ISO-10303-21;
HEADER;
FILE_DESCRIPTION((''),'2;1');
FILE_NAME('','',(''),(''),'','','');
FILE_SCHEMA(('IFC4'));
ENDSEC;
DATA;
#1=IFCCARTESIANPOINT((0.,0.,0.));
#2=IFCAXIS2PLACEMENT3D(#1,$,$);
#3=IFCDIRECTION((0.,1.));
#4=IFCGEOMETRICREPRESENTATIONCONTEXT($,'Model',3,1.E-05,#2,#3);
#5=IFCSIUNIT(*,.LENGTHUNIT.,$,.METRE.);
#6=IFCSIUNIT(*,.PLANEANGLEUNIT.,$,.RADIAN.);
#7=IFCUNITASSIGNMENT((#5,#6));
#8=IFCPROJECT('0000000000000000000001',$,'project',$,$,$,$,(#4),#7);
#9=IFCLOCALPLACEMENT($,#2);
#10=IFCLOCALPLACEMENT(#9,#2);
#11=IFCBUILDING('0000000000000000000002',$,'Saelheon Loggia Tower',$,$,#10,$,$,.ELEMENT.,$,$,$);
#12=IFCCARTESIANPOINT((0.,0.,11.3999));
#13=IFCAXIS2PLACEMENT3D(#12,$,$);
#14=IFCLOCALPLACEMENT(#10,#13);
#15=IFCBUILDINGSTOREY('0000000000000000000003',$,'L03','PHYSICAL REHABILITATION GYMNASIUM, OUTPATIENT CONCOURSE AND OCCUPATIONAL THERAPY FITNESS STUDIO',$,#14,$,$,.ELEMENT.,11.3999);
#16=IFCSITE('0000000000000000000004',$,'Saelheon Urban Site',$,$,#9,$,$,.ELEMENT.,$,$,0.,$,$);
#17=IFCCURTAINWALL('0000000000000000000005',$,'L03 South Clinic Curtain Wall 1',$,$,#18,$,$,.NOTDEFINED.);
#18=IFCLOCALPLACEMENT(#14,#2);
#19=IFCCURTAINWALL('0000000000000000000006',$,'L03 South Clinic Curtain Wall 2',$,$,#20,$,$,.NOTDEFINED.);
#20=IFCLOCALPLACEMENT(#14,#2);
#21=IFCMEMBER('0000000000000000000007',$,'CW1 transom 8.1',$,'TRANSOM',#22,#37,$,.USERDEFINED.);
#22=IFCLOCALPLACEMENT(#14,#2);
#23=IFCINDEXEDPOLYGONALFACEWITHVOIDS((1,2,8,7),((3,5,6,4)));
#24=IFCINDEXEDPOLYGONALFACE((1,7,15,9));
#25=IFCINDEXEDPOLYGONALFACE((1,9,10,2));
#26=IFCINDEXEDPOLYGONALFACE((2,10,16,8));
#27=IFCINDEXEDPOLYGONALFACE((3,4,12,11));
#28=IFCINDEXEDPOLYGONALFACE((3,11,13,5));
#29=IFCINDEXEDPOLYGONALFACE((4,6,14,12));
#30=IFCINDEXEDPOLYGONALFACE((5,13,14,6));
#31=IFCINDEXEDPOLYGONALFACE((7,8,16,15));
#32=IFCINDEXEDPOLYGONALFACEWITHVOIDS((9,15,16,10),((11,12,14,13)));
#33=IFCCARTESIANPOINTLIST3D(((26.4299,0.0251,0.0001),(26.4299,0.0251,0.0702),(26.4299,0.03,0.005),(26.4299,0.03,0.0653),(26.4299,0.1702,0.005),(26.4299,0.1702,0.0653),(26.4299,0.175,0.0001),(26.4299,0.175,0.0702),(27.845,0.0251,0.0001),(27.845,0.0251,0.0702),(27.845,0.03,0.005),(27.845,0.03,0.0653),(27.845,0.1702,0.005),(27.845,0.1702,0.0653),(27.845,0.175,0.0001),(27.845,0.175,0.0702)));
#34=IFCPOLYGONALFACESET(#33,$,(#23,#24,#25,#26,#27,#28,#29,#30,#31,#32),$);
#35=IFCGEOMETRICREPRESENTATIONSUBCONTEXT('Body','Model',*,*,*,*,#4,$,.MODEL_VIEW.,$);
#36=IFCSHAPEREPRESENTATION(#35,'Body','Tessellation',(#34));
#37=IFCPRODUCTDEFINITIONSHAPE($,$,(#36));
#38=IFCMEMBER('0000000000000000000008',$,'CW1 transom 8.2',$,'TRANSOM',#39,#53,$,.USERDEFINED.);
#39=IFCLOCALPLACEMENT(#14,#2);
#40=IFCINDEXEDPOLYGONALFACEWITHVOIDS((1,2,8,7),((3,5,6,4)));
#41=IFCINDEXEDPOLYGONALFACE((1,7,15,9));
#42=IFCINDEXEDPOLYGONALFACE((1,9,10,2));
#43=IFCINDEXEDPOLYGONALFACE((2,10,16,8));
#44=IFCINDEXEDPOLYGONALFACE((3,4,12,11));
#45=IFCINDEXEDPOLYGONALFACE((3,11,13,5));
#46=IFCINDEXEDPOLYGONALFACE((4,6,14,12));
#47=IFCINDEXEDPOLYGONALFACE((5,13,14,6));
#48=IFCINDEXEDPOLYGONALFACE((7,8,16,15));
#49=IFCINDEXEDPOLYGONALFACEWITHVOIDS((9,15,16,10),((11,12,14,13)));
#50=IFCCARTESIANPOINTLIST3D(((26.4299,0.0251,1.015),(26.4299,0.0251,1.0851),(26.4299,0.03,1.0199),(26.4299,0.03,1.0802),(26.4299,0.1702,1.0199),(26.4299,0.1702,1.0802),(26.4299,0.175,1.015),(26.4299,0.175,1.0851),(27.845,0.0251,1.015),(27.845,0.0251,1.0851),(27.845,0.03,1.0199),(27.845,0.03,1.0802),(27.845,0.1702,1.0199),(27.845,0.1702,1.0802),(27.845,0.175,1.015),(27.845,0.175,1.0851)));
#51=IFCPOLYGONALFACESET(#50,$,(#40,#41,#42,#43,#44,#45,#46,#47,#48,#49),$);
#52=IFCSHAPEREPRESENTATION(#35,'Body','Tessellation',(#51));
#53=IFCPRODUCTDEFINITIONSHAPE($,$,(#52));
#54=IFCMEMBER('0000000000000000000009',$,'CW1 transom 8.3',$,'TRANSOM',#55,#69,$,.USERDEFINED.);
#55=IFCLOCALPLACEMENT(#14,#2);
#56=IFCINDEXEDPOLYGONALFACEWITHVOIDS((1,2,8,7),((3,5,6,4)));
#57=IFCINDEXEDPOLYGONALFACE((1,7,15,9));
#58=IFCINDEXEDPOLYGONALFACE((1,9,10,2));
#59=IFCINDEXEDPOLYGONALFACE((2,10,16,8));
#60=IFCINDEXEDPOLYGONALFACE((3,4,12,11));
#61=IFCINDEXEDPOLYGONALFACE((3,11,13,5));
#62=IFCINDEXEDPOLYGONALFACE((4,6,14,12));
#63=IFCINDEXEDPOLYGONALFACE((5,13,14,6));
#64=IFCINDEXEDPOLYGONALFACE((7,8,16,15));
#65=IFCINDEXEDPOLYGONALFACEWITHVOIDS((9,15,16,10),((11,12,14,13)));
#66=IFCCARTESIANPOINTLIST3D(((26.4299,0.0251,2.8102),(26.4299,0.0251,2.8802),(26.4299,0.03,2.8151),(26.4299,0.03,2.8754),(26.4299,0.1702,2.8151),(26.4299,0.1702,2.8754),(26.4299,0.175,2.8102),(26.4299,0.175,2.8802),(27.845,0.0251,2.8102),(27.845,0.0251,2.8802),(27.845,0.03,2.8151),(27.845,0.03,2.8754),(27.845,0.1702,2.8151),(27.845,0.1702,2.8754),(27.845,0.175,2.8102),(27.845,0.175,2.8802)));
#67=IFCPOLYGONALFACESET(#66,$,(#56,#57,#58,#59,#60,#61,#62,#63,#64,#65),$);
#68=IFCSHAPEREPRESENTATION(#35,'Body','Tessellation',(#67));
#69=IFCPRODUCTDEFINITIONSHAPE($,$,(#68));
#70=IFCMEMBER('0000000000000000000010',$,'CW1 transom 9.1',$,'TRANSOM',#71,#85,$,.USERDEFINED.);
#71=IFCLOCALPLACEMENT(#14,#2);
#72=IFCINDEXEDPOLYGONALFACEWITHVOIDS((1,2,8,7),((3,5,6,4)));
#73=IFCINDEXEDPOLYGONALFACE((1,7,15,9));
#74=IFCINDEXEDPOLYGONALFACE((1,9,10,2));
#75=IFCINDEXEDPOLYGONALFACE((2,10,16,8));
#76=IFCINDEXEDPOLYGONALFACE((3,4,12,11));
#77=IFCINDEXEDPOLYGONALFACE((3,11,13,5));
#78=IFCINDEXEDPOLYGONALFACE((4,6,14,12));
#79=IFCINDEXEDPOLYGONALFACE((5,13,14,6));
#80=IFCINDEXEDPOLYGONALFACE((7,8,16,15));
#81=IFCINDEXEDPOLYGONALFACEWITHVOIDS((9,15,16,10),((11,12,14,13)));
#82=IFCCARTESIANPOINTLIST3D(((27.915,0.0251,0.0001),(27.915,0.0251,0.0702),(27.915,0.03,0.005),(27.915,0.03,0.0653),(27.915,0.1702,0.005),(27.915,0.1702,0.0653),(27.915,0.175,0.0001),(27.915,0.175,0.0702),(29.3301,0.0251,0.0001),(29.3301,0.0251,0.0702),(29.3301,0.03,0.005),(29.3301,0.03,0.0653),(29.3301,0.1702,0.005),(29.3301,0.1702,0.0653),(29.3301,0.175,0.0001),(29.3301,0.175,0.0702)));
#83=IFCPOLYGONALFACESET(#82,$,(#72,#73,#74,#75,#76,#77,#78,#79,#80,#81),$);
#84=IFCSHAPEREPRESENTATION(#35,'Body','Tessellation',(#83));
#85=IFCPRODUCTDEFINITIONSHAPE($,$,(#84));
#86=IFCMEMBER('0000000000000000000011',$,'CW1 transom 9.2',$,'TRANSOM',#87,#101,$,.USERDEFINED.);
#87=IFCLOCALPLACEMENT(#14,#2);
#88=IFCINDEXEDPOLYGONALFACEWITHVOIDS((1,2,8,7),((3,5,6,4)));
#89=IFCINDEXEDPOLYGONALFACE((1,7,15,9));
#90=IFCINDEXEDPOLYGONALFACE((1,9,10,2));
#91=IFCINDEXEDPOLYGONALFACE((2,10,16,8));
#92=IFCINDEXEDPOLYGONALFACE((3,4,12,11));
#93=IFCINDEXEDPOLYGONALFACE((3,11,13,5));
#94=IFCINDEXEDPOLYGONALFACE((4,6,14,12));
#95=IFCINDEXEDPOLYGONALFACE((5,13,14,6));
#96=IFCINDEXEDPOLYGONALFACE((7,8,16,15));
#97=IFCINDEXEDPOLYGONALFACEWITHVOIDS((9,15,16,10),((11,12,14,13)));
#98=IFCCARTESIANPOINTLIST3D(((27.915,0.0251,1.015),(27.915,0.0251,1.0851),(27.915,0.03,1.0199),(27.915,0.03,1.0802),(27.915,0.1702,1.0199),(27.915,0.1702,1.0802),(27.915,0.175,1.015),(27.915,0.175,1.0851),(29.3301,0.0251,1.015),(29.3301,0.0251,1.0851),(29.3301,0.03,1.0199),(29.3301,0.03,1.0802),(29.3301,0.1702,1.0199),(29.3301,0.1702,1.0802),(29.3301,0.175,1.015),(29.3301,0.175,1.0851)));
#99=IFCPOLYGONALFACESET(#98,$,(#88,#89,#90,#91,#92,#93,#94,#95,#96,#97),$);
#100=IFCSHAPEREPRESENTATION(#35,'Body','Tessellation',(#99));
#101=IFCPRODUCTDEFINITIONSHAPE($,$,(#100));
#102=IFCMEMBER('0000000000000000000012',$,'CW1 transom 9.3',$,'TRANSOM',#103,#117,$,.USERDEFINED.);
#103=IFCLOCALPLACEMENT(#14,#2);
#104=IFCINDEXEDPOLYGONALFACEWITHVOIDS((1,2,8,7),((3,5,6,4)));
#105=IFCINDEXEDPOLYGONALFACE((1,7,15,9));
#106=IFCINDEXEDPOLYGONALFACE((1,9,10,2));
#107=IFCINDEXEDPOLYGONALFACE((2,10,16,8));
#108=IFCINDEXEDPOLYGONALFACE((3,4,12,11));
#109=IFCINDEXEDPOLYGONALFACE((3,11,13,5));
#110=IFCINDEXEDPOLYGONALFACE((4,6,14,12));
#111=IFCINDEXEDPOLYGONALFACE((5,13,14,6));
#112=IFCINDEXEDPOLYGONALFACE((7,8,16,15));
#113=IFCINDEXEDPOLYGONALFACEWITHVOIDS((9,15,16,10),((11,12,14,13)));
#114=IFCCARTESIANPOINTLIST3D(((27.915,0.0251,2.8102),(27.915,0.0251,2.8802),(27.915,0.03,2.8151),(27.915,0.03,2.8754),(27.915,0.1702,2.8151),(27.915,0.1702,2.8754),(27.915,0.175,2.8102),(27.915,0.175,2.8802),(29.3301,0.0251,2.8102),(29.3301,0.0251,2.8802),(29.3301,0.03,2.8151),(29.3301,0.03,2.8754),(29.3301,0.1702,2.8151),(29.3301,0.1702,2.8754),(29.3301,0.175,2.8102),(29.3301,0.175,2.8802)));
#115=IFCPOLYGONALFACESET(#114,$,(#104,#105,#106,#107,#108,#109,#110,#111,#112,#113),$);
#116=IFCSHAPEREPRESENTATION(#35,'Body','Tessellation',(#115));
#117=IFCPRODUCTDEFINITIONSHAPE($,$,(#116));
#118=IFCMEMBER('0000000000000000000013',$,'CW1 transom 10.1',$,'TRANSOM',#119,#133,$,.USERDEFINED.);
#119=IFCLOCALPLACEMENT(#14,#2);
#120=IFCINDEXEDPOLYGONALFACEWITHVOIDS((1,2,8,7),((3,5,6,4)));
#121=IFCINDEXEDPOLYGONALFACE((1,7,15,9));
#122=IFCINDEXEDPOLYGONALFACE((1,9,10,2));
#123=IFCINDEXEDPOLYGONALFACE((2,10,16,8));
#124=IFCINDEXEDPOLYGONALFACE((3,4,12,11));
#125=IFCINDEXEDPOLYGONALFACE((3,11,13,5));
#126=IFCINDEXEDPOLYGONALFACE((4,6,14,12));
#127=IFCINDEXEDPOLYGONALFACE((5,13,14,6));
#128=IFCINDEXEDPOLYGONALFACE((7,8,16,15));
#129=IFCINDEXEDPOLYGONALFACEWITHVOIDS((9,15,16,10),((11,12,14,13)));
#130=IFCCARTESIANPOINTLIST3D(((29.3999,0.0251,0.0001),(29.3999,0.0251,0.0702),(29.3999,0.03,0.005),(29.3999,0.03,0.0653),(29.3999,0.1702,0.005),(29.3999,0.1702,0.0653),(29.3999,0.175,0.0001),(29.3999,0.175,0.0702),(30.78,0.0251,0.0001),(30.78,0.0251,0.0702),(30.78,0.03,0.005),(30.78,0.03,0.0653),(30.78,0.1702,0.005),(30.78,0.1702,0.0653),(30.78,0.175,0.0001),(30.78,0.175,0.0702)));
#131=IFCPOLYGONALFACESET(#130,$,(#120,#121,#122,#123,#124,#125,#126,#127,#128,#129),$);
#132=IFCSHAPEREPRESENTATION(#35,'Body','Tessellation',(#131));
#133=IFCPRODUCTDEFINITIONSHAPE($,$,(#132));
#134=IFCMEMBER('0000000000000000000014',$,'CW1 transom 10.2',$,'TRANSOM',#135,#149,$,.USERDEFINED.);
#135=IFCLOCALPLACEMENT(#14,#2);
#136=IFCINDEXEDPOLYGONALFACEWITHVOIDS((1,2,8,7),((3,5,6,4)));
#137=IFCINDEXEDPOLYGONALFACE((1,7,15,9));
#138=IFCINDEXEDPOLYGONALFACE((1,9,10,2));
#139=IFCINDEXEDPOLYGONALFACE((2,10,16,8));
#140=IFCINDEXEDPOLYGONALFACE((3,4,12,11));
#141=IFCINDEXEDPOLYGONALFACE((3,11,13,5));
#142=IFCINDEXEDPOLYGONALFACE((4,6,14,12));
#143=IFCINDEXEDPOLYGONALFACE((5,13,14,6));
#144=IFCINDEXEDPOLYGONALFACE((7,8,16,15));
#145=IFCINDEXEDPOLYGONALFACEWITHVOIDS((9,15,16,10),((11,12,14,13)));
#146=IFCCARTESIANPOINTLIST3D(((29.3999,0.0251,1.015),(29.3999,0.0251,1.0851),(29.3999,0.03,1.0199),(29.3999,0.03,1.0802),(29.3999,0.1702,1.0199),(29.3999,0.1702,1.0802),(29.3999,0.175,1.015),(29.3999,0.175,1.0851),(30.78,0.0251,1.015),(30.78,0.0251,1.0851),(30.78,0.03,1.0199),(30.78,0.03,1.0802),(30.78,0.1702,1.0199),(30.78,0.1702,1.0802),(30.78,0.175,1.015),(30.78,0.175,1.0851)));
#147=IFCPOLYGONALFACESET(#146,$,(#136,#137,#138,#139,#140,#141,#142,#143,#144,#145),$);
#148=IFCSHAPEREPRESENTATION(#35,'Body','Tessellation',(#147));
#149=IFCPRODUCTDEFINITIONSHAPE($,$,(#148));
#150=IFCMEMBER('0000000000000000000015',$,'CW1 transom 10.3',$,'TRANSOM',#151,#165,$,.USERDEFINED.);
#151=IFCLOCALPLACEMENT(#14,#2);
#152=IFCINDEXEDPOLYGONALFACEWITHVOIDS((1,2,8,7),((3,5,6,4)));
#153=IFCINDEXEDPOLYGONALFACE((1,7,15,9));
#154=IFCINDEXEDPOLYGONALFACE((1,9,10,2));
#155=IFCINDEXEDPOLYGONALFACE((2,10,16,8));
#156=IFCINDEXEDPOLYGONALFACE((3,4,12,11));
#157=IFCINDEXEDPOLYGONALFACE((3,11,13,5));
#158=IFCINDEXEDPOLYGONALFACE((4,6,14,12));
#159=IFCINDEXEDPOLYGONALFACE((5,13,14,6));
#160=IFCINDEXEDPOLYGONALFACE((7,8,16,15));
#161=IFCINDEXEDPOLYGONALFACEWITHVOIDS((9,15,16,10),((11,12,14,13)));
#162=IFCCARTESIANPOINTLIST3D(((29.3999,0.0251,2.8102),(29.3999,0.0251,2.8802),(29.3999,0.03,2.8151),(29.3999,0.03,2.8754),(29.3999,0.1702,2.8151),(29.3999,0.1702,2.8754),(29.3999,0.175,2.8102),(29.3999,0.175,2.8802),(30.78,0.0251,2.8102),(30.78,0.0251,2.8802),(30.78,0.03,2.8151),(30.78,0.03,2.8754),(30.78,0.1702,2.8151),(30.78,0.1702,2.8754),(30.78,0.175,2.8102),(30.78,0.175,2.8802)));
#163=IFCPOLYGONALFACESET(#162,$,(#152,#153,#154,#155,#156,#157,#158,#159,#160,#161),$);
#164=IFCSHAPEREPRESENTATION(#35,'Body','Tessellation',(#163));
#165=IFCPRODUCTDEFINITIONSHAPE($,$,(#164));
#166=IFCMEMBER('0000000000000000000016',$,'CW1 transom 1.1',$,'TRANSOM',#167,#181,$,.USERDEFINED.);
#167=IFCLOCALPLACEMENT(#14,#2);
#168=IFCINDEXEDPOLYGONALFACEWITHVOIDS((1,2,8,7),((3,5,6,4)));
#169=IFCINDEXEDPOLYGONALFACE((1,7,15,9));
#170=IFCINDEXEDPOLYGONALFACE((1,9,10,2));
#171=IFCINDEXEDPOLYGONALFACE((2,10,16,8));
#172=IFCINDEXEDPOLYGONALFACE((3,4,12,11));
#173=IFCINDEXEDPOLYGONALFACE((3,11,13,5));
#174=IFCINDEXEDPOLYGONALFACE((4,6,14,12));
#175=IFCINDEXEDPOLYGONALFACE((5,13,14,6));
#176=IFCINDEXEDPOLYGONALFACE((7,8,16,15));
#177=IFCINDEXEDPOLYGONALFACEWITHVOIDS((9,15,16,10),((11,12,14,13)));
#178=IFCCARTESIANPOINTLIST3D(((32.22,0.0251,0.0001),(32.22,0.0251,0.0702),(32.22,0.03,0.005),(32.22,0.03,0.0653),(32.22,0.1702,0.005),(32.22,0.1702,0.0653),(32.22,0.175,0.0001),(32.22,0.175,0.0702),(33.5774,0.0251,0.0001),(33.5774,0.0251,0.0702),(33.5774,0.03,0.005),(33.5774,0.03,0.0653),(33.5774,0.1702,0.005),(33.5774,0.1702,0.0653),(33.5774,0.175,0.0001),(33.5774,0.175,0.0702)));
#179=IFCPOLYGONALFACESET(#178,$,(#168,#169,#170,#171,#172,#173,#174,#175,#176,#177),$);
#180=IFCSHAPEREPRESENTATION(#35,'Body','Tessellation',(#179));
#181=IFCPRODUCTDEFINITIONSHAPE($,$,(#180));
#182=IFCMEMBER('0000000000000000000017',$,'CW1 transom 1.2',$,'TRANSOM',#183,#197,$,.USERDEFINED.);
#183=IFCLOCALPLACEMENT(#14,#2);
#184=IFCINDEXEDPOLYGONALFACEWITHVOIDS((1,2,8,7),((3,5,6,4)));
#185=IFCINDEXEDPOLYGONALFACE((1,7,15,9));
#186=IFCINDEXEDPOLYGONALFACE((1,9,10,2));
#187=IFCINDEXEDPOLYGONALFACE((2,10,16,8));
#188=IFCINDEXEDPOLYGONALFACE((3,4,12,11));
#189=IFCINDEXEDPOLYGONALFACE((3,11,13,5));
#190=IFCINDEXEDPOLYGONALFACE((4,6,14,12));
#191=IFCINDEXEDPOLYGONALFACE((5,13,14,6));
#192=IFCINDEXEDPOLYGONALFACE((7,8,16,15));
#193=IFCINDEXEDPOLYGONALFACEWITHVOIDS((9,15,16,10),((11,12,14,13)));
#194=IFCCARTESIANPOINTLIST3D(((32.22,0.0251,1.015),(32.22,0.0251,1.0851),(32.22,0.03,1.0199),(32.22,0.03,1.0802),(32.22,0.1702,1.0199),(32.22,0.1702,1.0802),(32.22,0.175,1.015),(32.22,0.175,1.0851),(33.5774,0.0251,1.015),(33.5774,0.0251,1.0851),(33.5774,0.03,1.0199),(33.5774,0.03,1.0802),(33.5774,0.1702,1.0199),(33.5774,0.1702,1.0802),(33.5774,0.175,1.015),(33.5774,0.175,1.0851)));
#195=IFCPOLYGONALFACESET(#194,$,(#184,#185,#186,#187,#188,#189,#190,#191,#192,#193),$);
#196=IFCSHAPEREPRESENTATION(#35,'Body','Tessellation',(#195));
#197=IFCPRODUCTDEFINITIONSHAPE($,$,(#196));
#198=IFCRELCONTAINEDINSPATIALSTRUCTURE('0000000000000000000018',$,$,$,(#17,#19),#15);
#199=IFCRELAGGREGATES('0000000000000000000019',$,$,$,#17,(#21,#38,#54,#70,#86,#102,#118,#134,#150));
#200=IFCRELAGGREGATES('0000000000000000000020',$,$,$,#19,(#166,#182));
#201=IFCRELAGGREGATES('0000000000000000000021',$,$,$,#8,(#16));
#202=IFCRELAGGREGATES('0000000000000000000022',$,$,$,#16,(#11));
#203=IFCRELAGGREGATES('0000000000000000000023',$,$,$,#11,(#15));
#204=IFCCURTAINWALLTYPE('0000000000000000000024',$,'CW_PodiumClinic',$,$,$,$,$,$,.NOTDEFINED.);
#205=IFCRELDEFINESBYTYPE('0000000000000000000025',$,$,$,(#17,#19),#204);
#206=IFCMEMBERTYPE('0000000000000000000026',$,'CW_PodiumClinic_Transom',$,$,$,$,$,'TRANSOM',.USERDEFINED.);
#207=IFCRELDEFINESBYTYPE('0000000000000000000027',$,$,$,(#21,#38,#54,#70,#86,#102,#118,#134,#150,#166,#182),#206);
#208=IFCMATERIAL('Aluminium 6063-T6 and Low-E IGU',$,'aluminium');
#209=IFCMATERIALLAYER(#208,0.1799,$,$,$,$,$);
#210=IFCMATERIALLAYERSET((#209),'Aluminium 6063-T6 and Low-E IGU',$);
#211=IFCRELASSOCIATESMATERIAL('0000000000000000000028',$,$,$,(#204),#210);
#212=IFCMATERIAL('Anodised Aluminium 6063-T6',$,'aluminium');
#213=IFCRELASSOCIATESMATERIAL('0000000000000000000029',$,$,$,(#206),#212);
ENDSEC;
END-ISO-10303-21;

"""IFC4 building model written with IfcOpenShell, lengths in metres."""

from ifc_helpers import new_model, si_unit, direction, frame, origin, origin_2d, place, context, subcontext, project, spatial, hollow_rectangle, extrude, source, transform, mapped, material, layer, layer_set, material_profile, profile_set, type_object, element, aggregate, save


model = new_model("IFC4")

# Units and contexts
model_context = context("Model", 3, precision=1e-05, world=origin(), true_north=direction((0.0, 1.0)))
body_context = subcontext(model_context, "Body", "Model", "MODEL_VIEW")
ifc_project = project(units=[si_unit("LENGTHUNIT", "METRE"), si_unit("PLANEANGLEUNIT", "RADIAN")], contexts=[model_context])

# Site, building, storey
site_placement = place(None, origin())
site = spatial("IfcSite", under=ifc_project, at=site_placement, Name="Saelheon Urban Site", CompositionType="ELEMENT", RefElevation=0.0)
building_placement = place(site_placement, origin())
building = spatial("IfcBuilding", under=site, at=building_placement, Name="Saelheon Loggia Tower", CompositionType="ELEMENT")
storey_placement = place(building_placement, frame((0.0, 0.0, 11.3999)))
storey = spatial("IfcBuildingStorey", under=building, at=storey_placement, Name="L03", Description="PHYSICAL REHABILITATION GYMNASIUM, OUTPATIENT CONCOURSE AND OCCUPATIONAL THERAPY FITNESS STUDIO", CompositionType="ELEMENT", Elevation=11.3999)

# Curtain walls
ifc_material_1 = material(Name="Aluminium 6063-T6 and Low-E IGU", Category="aluminium")
ifc_layer_1 = layer(ifc_material_1, 0.1799)
ifc_layer_set_1 = layer_set([ifc_layer_1], Name="Aluminium 6063-T6 and Low-E IGU")
curtain_wall_type = type_object("IfcCurtainWallType", Name="CW_PodiumClinic", PredefinedType="NOTDEFINED", material=ifc_layer_set_1)
curtain_wall_1_placement = place(storey_placement, origin())
curtain_wall_1 = element("IfcCurtainWall", 1, at=curtain_wall_1_placement, inside=storey, type_object=curtain_wall_type, Name="L03 South Clinic Curtain Wall 1", PredefinedType="NOTDEFINED")
ifc_material_2 = material(Name="Anodised Aluminium 6063-T6", Category="aluminium")
curtain_wall_2_placement = place(storey_placement, origin())
curtain_wall_2 = element("IfcCurtainWall", 2, at=curtain_wall_2_placement, inside=storey, type_object=curtain_wall_type, Name="L03 South Clinic Curtain Wall 2", PredefinedType="NOTDEFINED")

# Members
ifc_material_profile_1 = material_profile(ifc_material_2, hollow_rectangle(XDim=0.0701, YDim=0.1499, WallThickness=0.0049, at=origin_2d()), Name="RHS-150x70x5")
ifc_profile_set_1 = profile_set([ifc_material_profile_1], Name="Anodised Aluminium 6063-T6")
member_type_1 = type_object("IfcMemberType", Name="CW_PodiumClinic_Transom", ElementType="TRANSOM", PredefinedType="USERDEFINED", material=ifc_profile_set_1)
shared_shape_1 = source(origin(), body_context, "Body", "SweptSolid", [
    extrude(hollow_rectangle(XDim=0.0701, YDim=0.1499, WallThickness=0.0049, at=origin_2d()), origin(), (0.0, 0.0, 1.0), 1.415),
])
member_1_placement = place(storey_placement, frame((26.4299, 0.1001, 0.0352), z_axis=(1.0, 0.0, 0.0), x_axis=(0.0, 0.0, 1.0)))
member_1 = element("IfcMember", 3, at=member_1_placement, type_object=member_type_1, Name="CW1 transom 8.1", ObjectType="TRANSOM", PredefinedType="USERDEFINED", context=body_context, shape_type="MappedRepresentation", body=[
    mapped(shared_shape_1, transform((0.0, 0.0, 0.0), scale=1.0)),
])
member_2_placement = place(storey_placement, frame((26.4299, 0.1001, 1.05), z_axis=(1.0, 0.0, 0.0), x_axis=(0.0, 0.0, 1.0)))
member_2 = element("IfcMember", 4, at=member_2_placement, type_object=member_type_1, Name="CW1 transom 8.2", ObjectType="TRANSOM", PredefinedType="USERDEFINED", context=body_context, shape_type="MappedRepresentation", body=[
    mapped(shared_shape_1, transform((0.0, 0.0, 0.0), scale=1.0)),
])
member_3_placement = place(storey_placement, frame((26.4299, 0.1001, 2.8452), z_axis=(1.0, 0.0, 0.0), x_axis=(0.0, 0.0, 1.0)))
member_3 = element("IfcMember", 5, at=member_3_placement, type_object=member_type_1, Name="CW1 transom 8.3", ObjectType="TRANSOM", PredefinedType="USERDEFINED", context=body_context, shape_type="MappedRepresentation", body=[
    mapped(shared_shape_1, transform((0.0, 0.0, 0.0), scale=1.0)),
])
member_4_placement = place(storey_placement, frame((27.915, 0.1001, 0.0352), z_axis=(1.0, 0.0, 0.0), x_axis=(0.0, 0.0, 1.0)))
member_4 = element("IfcMember", 6, at=member_4_placement, type_object=member_type_1, Name="CW1 transom 9.1", ObjectType="TRANSOM", PredefinedType="USERDEFINED", context=body_context, shape_type="MappedRepresentation", body=[
    mapped(shared_shape_1, transform((0.0, 0.0, 0.0), scale=1.0)),
])
member_5_placement = place(storey_placement, frame((27.915, 0.1001, 1.05), z_axis=(1.0, 0.0, 0.0), x_axis=(0.0, 0.0, 1.0)))
member_5 = element("IfcMember", 7, at=member_5_placement, type_object=member_type_1, Name="CW1 transom 9.2", ObjectType="TRANSOM", PredefinedType="USERDEFINED", context=body_context, shape_type="MappedRepresentation", body=[
    mapped(shared_shape_1, transform((0.0, 0.0, 0.0), scale=1.0)),
])
member_6_placement = place(storey_placement, frame((27.915, 0.1001, 2.8452), z_axis=(1.0, 0.0, 0.0), x_axis=(0.0, 0.0, 1.0)))
member_6 = element("IfcMember", 8, at=member_6_placement, type_object=member_type_1, Name="CW1 transom 9.3", ObjectType="TRANSOM", PredefinedType="USERDEFINED", context=body_context, shape_type="MappedRepresentation", body=[
    mapped(shared_shape_1, transform((0.0, 0.0, 0.0), scale=1.0)),
])
shared_shape_2 = source(origin(), body_context, "Body", "SweptSolid", [
    extrude(hollow_rectangle(XDim=0.0701, YDim=0.1499, WallThickness=0.0049, at=origin_2d()), origin(), (0.0, 0.0, 1.0), 1.3801),
])
member_7_placement = place(storey_placement, frame((29.3999, 0.1001, 0.0352), z_axis=(1.0, 0.0, 0.0), x_axis=(0.0, 0.0, 1.0)))
member_7 = element("IfcMember", 9, at=member_7_placement, type_object=member_type_1, Name="CW1 transom 10.1", ObjectType="TRANSOM", PredefinedType="USERDEFINED", context=body_context, shape_type="MappedRepresentation", body=[
    mapped(shared_shape_2, transform((0.0, 0.0, 0.0), scale=1.0)),
])
member_8_placement = place(storey_placement, frame((29.3999, 0.1001, 1.05), z_axis=(1.0, 0.0, 0.0), x_axis=(0.0, 0.0, 1.0)))
member_8 = element("IfcMember", 10, at=member_8_placement, type_object=member_type_1, Name="CW1 transom 10.2", ObjectType="TRANSOM", PredefinedType="USERDEFINED", context=body_context, shape_type="MappedRepresentation", body=[
    mapped(shared_shape_2, transform((0.0, 0.0, 0.0), scale=1.0)),
])
member_9_placement = place(storey_placement, frame((29.3999, 0.1001, 2.8452), z_axis=(1.0, 0.0, 0.0), x_axis=(0.0, 0.0, 1.0)))
member_9 = element("IfcMember", 11, at=member_9_placement, type_object=member_type_1, Name="CW1 transom 10.3", ObjectType="TRANSOM", PredefinedType="USERDEFINED", context=body_context, shape_type="MappedRepresentation", body=[
    mapped(shared_shape_2, transform((0.0, 0.0, 0.0), scale=1.0)),
])
shared_shape_3 = source(origin(), body_context, "Body", "SweptSolid", [
    extrude(hollow_rectangle(XDim=0.0701, YDim=0.1499, WallThickness=0.0049, at=origin_2d()), origin(), (0.0, 0.0, 1.0), 1.3574),
])
member_10_placement = place(storey_placement, frame((32.22, 0.1001, 0.0352), z_axis=(1.0, 0.0, 0.0), x_axis=(0.0, 0.0, 1.0)))
member_10 = element("IfcMember", 12, at=member_10_placement, type_object=member_type_1, Name="CW1 transom 1.1", ObjectType="TRANSOM", PredefinedType="USERDEFINED", context=body_context, shape_type="MappedRepresentation", body=[
    mapped(shared_shape_3, transform((0.0, 0.0, 0.0), scale=1.0)),
])
member_11_placement = place(storey_placement, frame((32.22, 0.1001, 1.05), z_axis=(1.0, 0.0, 0.0), x_axis=(0.0, 0.0, 1.0)))
member_11 = element("IfcMember", 13, at=member_11_placement, type_object=member_type_1, Name="CW1 transom 1.2", ObjectType="TRANSOM", PredefinedType="USERDEFINED", context=body_context, shape_type="MappedRepresentation", body=[
    mapped(shared_shape_3, transform((0.0, 0.0, 0.0), scale=1.0)),
])

aggregate(curtain_wall_1, [member_1, member_2, member_3, member_4, member_5, member_6, member_7, member_8, member_9])
aggregate(curtain_wall_2, [member_10, member_11])

save(model, "model.ifc")
